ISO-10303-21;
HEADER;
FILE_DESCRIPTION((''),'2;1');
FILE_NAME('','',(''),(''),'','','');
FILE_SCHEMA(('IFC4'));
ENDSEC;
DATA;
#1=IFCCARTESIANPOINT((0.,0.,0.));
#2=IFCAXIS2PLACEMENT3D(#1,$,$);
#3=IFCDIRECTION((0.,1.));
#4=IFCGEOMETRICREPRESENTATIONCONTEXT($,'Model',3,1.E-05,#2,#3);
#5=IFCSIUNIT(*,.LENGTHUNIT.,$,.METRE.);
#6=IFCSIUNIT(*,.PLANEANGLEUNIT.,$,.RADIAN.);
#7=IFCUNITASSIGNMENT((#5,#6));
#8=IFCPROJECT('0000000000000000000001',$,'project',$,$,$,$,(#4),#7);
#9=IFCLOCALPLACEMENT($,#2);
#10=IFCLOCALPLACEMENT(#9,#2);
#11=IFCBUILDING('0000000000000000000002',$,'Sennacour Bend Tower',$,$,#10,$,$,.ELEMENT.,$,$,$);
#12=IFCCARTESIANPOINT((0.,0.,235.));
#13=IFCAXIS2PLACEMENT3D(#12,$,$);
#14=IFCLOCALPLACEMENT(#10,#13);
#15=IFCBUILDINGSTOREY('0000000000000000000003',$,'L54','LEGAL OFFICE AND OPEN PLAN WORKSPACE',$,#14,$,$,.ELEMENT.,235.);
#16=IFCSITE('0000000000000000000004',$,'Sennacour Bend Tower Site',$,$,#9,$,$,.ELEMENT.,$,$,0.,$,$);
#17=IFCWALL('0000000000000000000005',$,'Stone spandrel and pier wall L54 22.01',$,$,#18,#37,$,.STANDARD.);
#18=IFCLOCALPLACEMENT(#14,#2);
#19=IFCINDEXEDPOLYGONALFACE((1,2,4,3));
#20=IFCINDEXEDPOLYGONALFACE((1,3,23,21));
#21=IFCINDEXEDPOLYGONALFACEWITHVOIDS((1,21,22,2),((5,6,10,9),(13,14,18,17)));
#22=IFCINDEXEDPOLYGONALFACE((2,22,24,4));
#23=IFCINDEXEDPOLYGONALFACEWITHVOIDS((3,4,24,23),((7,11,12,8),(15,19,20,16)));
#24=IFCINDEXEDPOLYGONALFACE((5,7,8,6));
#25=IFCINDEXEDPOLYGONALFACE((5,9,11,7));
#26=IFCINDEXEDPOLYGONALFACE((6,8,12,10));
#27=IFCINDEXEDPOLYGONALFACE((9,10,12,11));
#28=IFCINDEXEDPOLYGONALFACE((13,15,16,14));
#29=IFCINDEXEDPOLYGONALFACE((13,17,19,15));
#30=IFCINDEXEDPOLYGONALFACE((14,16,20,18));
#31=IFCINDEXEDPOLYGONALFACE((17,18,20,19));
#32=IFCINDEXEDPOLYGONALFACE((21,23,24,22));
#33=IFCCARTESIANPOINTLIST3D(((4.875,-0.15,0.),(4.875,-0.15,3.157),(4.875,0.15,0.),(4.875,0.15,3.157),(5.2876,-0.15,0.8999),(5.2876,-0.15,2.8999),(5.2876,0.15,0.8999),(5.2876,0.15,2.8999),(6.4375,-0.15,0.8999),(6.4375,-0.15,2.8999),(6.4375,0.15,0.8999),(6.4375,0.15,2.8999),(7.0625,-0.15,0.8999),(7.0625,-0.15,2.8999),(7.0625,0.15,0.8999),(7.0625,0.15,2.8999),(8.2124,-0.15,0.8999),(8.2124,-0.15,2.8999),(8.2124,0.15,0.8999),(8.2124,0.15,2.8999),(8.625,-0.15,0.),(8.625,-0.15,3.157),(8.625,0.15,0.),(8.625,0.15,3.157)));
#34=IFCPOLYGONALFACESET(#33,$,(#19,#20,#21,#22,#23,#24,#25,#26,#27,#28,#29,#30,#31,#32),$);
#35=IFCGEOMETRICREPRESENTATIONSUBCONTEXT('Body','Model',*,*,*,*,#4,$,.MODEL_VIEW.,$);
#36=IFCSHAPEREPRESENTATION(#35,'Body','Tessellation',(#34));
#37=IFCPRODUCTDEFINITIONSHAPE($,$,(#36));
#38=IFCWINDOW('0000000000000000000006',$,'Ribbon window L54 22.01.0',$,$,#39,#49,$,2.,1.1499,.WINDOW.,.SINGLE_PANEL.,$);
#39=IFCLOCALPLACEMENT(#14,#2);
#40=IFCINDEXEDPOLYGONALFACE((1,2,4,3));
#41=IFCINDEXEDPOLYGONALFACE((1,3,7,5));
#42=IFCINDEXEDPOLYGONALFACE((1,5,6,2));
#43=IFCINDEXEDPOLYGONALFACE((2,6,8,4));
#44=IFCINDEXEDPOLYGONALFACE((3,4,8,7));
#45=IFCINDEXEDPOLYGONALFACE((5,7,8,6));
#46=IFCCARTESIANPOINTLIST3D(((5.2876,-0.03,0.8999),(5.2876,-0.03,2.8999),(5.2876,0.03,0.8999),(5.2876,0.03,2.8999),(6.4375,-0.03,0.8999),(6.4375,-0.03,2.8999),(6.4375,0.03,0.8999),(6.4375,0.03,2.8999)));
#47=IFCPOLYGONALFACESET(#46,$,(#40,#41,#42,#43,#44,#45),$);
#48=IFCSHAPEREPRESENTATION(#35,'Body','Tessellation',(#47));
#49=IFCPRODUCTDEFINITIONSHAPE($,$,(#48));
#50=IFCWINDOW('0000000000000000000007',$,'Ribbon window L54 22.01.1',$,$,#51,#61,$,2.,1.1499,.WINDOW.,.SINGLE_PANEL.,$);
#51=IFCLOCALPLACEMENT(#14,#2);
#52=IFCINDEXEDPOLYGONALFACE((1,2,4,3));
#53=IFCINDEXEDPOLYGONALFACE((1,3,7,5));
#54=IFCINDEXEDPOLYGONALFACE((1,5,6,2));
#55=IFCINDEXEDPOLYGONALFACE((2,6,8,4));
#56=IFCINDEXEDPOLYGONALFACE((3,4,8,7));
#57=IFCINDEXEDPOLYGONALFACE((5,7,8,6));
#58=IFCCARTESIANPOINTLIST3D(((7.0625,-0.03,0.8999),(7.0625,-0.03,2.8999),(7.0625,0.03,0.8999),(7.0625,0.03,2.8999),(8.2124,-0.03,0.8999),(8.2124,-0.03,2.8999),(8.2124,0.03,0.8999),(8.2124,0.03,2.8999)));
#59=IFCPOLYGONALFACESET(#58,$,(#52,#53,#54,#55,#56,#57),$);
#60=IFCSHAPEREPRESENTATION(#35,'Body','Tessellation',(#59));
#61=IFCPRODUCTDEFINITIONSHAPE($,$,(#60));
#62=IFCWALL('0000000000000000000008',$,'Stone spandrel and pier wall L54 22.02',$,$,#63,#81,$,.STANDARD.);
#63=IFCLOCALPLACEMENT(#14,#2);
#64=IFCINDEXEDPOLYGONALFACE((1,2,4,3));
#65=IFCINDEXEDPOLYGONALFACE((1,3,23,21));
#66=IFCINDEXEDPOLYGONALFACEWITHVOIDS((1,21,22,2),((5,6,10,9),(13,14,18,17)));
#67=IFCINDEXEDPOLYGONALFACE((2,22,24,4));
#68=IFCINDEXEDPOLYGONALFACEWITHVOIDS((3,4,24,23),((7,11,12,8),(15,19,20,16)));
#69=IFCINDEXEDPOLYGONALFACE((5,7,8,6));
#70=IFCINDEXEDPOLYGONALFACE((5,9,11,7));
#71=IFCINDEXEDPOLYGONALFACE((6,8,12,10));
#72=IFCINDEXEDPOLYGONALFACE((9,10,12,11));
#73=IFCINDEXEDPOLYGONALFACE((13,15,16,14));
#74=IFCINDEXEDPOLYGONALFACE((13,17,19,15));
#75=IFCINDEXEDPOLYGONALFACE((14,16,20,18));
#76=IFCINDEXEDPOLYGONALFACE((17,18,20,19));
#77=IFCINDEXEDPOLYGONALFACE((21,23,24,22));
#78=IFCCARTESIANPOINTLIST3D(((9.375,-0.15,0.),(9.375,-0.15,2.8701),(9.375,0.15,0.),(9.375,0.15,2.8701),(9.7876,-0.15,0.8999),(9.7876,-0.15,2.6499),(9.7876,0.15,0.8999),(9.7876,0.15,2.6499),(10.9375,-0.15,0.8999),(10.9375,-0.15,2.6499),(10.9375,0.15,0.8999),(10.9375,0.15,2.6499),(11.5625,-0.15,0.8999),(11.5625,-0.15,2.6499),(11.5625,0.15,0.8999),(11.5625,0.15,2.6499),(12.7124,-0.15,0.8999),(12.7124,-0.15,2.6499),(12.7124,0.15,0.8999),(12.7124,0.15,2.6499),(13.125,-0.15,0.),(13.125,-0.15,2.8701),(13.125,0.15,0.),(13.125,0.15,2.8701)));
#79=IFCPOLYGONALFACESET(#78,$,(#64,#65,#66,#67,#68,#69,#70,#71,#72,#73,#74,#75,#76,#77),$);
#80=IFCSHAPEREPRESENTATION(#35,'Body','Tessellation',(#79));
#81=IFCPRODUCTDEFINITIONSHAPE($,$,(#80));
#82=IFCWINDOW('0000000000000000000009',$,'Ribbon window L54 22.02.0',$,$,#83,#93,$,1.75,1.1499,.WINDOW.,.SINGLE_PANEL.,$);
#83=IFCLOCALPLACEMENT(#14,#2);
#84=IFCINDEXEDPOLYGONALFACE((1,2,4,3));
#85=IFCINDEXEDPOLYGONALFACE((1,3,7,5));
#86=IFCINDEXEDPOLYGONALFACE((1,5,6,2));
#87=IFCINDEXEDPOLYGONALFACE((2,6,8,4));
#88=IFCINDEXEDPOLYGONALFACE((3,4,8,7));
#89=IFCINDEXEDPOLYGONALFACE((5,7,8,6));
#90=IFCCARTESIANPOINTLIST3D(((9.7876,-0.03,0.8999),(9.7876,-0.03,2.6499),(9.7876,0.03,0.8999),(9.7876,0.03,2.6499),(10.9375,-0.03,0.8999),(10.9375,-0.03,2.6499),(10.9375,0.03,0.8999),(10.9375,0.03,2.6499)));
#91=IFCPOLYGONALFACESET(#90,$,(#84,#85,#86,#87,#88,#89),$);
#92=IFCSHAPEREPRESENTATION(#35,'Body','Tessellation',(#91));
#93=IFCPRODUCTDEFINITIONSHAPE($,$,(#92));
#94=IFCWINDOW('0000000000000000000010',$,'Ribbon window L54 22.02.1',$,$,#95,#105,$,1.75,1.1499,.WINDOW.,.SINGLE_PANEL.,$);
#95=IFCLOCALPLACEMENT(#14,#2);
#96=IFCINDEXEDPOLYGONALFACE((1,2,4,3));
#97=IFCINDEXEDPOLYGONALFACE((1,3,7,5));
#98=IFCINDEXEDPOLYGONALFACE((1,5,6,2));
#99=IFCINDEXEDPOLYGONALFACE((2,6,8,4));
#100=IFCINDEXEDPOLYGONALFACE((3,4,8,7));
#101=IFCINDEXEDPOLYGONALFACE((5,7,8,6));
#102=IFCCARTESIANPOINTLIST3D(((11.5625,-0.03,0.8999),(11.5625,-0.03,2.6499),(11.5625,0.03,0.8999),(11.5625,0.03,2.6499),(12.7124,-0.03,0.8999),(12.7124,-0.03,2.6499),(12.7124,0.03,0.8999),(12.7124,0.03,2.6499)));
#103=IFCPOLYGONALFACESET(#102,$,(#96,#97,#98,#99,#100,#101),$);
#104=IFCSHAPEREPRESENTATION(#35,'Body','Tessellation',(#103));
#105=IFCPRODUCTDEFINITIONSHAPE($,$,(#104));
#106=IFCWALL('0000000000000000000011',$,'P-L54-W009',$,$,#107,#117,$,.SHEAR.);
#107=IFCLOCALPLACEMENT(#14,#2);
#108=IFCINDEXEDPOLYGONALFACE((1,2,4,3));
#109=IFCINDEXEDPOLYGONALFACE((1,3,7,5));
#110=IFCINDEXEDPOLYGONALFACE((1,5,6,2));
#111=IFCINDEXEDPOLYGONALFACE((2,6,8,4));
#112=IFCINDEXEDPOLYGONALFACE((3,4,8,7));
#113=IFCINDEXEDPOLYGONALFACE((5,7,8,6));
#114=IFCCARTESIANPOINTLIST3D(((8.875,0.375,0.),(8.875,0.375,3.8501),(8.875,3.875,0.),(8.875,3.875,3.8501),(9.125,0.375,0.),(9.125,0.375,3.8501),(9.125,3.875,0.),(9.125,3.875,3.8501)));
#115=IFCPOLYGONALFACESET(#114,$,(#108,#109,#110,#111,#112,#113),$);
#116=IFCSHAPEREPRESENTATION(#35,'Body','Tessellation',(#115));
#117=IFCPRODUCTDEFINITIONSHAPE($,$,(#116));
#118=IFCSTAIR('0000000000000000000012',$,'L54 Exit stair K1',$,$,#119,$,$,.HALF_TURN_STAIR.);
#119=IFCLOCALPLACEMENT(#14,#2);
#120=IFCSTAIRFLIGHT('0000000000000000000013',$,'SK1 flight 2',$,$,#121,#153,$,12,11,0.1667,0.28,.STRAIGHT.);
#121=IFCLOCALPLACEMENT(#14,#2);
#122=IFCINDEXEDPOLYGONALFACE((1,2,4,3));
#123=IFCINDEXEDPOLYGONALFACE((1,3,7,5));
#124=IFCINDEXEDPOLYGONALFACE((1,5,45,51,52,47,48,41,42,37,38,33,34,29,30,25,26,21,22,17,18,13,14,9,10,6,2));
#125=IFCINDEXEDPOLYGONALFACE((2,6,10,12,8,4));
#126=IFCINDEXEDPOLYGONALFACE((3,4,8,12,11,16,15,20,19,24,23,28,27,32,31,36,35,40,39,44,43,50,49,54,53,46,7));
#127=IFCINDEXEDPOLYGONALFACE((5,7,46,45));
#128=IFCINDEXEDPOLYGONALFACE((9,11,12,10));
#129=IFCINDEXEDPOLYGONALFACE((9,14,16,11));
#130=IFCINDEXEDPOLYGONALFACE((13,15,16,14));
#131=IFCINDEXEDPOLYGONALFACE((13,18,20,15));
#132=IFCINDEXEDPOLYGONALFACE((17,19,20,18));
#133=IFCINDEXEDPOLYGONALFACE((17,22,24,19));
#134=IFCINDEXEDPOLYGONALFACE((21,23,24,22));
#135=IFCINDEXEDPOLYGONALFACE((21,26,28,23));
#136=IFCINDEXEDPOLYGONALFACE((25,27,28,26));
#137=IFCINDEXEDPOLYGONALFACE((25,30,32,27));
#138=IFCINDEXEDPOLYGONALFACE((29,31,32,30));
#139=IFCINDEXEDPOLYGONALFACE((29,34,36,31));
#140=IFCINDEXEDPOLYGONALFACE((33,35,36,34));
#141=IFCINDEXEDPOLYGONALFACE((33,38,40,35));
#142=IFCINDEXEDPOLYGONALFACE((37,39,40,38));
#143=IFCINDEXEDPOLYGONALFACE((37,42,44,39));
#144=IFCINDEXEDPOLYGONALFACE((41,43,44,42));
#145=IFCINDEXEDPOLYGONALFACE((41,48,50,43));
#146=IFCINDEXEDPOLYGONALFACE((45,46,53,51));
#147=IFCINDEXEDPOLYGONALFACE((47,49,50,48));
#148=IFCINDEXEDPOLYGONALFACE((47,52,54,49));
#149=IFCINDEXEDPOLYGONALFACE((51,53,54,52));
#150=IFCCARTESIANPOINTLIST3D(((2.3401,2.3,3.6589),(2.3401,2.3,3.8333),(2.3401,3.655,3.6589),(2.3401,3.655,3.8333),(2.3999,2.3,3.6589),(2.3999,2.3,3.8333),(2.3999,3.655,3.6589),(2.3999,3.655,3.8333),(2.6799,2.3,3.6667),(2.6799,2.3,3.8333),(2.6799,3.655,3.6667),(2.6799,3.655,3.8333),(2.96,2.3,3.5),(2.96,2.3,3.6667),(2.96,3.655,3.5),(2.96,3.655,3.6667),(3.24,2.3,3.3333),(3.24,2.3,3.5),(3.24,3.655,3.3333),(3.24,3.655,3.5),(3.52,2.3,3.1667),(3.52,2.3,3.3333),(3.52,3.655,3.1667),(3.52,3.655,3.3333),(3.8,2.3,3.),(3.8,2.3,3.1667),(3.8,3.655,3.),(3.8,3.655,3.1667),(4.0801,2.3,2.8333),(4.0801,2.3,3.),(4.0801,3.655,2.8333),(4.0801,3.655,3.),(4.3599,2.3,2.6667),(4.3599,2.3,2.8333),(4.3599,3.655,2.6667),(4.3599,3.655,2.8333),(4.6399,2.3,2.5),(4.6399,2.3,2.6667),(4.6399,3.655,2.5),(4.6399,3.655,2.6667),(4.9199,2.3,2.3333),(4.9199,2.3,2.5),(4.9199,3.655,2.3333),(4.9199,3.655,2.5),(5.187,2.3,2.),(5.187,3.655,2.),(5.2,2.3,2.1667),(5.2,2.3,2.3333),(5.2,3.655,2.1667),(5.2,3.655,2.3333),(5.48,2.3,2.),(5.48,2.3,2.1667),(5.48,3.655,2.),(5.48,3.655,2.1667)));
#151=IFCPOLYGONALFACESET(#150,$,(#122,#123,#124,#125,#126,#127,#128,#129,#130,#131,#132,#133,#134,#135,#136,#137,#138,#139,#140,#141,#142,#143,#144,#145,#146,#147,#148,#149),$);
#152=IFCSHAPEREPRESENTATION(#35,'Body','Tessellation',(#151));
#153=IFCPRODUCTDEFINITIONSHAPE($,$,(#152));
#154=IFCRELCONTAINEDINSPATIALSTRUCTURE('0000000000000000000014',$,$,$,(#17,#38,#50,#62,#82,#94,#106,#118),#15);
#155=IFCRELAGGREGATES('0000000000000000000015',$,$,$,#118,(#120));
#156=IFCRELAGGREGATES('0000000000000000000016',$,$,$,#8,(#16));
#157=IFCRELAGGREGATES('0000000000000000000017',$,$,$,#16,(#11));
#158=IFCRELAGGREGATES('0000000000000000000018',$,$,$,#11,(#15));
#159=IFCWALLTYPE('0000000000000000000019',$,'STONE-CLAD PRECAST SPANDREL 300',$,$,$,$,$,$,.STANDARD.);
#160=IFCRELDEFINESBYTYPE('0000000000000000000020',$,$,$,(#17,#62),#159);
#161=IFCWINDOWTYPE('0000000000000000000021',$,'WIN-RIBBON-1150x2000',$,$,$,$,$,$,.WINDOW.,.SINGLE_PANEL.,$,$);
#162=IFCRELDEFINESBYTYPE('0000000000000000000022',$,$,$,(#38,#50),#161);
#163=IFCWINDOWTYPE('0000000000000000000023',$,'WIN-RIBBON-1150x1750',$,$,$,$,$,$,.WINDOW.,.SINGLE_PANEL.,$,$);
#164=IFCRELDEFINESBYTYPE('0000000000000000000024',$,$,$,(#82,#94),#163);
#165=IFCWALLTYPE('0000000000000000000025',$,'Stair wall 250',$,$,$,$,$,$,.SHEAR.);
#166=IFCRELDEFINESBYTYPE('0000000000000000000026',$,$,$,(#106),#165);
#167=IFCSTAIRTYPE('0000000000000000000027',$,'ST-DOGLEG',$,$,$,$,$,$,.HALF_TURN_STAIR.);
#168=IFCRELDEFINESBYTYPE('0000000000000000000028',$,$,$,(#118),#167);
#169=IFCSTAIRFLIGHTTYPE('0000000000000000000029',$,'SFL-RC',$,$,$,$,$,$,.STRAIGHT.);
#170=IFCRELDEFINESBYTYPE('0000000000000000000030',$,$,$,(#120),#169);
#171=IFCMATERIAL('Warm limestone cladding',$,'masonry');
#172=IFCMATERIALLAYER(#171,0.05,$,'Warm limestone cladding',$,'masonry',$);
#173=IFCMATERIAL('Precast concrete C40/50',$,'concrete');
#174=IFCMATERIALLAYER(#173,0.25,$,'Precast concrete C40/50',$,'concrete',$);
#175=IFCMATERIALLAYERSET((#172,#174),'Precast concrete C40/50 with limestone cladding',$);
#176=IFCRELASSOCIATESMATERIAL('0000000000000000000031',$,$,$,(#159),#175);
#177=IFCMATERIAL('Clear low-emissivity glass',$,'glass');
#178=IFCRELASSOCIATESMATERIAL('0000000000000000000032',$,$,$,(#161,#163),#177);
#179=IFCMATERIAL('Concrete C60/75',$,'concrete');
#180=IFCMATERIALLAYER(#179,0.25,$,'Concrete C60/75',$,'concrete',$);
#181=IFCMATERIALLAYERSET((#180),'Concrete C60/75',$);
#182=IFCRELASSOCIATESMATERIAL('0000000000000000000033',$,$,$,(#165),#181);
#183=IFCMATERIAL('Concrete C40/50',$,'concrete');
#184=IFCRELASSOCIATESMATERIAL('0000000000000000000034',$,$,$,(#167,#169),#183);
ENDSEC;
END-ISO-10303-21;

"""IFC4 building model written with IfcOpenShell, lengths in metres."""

from ifc_helpers import new_model, si_unit, direction, frame, frame_2d, origin, place, context, subcontext, project, spatial, polyline, rectangle, outline, extrude, material, layer, layer_set, type_object, element, fill, aggregate, save


model = new_model("IFC4")

# Units and contexts
model_context = context("Model", 3, precision=1e-05, world=origin(), true_north=direction((0.0, 1.0)))
body_context = subcontext(model_context, "Body", "Model", "MODEL_VIEW")
ifc_project = project(units=[si_unit("LENGTHUNIT", "METRE"), si_unit("PLANEANGLEUNIT", "RADIAN")], contexts=[model_context])

# Site, building, storey
site_placement = place(None, origin())
site = spatial("IfcSite", under=ifc_project, at=site_placement, Name="Sennacour Bend Tower Site", CompositionType="ELEMENT", RefElevation=0.0)
building_placement = place(site_placement, origin())
building = spatial("IfcBuilding", under=site, at=building_placement, Name="Sennacour Bend Tower", CompositionType="ELEMENT")
storey_placement = place(building_placement, frame((0.0, 0.0, 235.0)))
storey = spatial("IfcBuildingStorey", under=building, at=storey_placement, Name="L54", Description="LEGAL OFFICE AND OPEN PLAN WORKSPACE", CompositionType="ELEMENT", Elevation=235.0)

# Walls, openings, windows
ifc_material_1 = material(Name="Warm limestone cladding", Category="masonry")
ifc_layer_1 = layer(ifc_material_1, 0.05, Name="Warm limestone cladding", Category="masonry")
ifc_material_2 = material(Name="Precast concrete C40/50", Category="concrete")
ifc_layer_2 = layer(ifc_material_2, 0.25, Name="Precast concrete C40/50", Category="concrete")
ifc_layer_set_1 = layer_set([ifc_layer_1, ifc_layer_2], Name="Precast concrete C40/50 with limestone cladding")
wall_type_1 = type_object("IfcWallType", Name="STONE-CLAD PRECAST SPANDREL 300", PredefinedType="STANDARD", material=ifc_layer_set_1)
wall_1_placement = place(storey_placement, frame((4.875, 0.0, 0.0), z_axis=(0.0, 0.0, 1.0), x_axis=(1.0, 0.0, 0.0)))
wall_1 = element("IfcWall", 1, at=wall_1_placement, inside=storey, type_object=wall_type_1, Name="Stone spandrel and pier wall L54 22.01", PredefinedType="STANDARD", context=body_context, shape_type="SweptSolid", body=[
    extrude(rectangle(XDim=3.75, YDim=0.3, at=frame_2d((1.875, 0.0))), origin(), (0.0, 0.0, 1.0), 3.157),
])
opening_1_placement = place(wall_1_placement, frame((0.4126, 0.0, 0.8999)))
opening_1 = element("IfcOpeningElement", 2, at=opening_1_placement, cuts=wall_1, PredefinedType="OPENING", context=body_context, shape_type="SweptSolid", body=[
    extrude(rectangle(XDim=1.1499, YDim=2.0, at=frame_2d((0.575, 1.0))), frame((0.0, 0.1602, 0.0), z_axis=(0.0, -1.0, 0.0), x_axis=(1.0, 0.0, 0.0)), (0.0, 0.0, 1.0), 0.3201),
])
opening_2_placement = place(wall_1_placement, frame((2.1875, 0.0, 0.8999)))
opening_2 = element("IfcOpeningElement", 3, at=opening_2_placement, cuts=wall_1, PredefinedType="OPENING", context=body_context, shape_type="SweptSolid", body=[
    extrude(rectangle(XDim=1.1499, YDim=2.0, at=frame_2d((0.575, 1.0))), frame((0.0, 0.1602, 0.0), z_axis=(0.0, -1.0, 0.0), x_axis=(1.0, 0.0, 0.0)), (0.0, 0.0, 1.0), 0.3201),
])
ifc_material_3 = material(Name="Clear low-emissivity glass", Category="glass")
window_type_1 = type_object("IfcWindowType", Name="WIN-RIBBON-1150x2000", PartitioningType="SINGLE_PANEL", PredefinedType="WINDOW", material=ifc_material_3)
window_1_placement = place(opening_1_placement, origin())
window_1 = element("IfcWindow", 4, at=window_1_placement, inside=storey, type_object=window_type_1, Name="Ribbon window L54 22.01.0", OverallHeight=2.0, OverallWidth=1.1499, PartitioningType="SINGLE_PANEL", PredefinedType="WINDOW", context=body_context, shape_type="SweptSolid", body=[
    extrude(rectangle(XDim=1.1499, YDim=2.0, at=frame_2d((0.575, 1.0))), frame((0.0, 0.03, 0.0), z_axis=(0.0, -1.0, 0.0), x_axis=(1.0, 0.0, 0.0)), (0.0, 0.0, 1.0), 0.0601),
])
fill(opening_1, window_1)
window_2_placement = place(opening_2_placement, origin())
window_2 = element("IfcWindow", 5, at=window_2_placement, inside=storey, type_object=window_type_1, Name="Ribbon window L54 22.01.1", OverallHeight=2.0, OverallWidth=1.1499, PartitioningType="SINGLE_PANEL", PredefinedType="WINDOW", context=body_context, shape_type="SweptSolid", body=[
    extrude(rectangle(XDim=1.1499, YDim=2.0, at=frame_2d((0.575, 1.0))), frame((0.0, 0.03, 0.0), z_axis=(0.0, -1.0, 0.0), x_axis=(1.0, 0.0, 0.0)), (0.0, 0.0, 1.0), 0.0601),
])
fill(opening_2, window_2)
wall_2_placement = place(storey_placement, frame((9.375, 0.0, 0.0), z_axis=(0.0, 0.0, 1.0), x_axis=(1.0, 0.0, 0.0)))
wall_2 = element("IfcWall", 6, at=wall_2_placement, inside=storey, type_object=wall_type_1, Name="Stone spandrel and pier wall L54 22.02", PredefinedType="STANDARD", context=body_context, shape_type="SweptSolid", body=[
    extrude(rectangle(XDim=3.75, YDim=0.3, at=frame_2d((1.875, 0.0))), origin(), (0.0, 0.0, 1.0), 2.8701),
])
opening_3_placement = place(wall_2_placement, frame((0.4126, 0.0, 0.8999)))
opening_3 = element("IfcOpeningElement", 7, at=opening_3_placement, cuts=wall_2, PredefinedType="OPENING", context=body_context, shape_type="SweptSolid", body=[
    extrude(rectangle(XDim=1.1499, YDim=1.75, at=frame_2d((0.575, 0.875))), frame((0.0, 0.1602, 0.0), z_axis=(0.0, -1.0, 0.0), x_axis=(1.0, 0.0, 0.0)), (0.0, 0.0, 1.0), 0.3201),
])
opening_4_placement = place(wall_2_placement, frame((2.1875, 0.0, 0.8999)))
opening_4 = element("IfcOpeningElement", 8, at=opening_4_placement, cuts=wall_2, PredefinedType="OPENING", context=body_context, shape_type="SweptSolid", body=[
    extrude(rectangle(XDim=1.1499, YDim=1.75, at=frame_2d((0.575, 0.875))), frame((0.0, 0.1602, 0.0), z_axis=(0.0, -1.0, 0.0), x_axis=(1.0, 0.0, 0.0)), (0.0, 0.0, 1.0), 0.3201),
])
window_type_2 = type_object("IfcWindowType", Name="WIN-RIBBON-1150x1750", PartitioningType="SINGLE_PANEL", PredefinedType="WINDOW", material=ifc_material_3)
window_3_placement = place(opening_3_placement, origin())
window_3 = element("IfcWindow", 9, at=window_3_placement, inside=storey, type_object=window_type_2, Name="Ribbon window L54 22.02.0", OverallHeight=1.75, OverallWidth=1.1499, PartitioningType="SINGLE_PANEL", PredefinedType="WINDOW", context=body_context, shape_type="SweptSolid", body=[
    extrude(rectangle(XDim=1.1499, YDim=1.75, at=frame_2d((0.575, 0.875))), frame((0.0, 0.03, 0.0), z_axis=(0.0, -1.0, 0.0), x_axis=(1.0, 0.0, 0.0)), (0.0, 0.0, 1.0), 0.0601),
])
fill(opening_3, window_3)
window_4_placement = place(opening_4_placement, origin())
window_4 = element("IfcWindow", 10, at=window_4_placement, inside=storey, type_object=window_type_2, Name="Ribbon window L54 22.02.1", OverallHeight=1.75, OverallWidth=1.1499, PartitioningType="SINGLE_PANEL", PredefinedType="WINDOW", context=body_context, shape_type="SweptSolid", body=[
    extrude(rectangle(XDim=1.1499, YDim=1.75, at=frame_2d((0.575, 0.875))), frame((0.0, 0.03, 0.0), z_axis=(0.0, -1.0, 0.0), x_axis=(1.0, 0.0, 0.0)), (0.0, 0.0, 1.0), 0.0601),
])
fill(opening_4, window_4)

# Wall
ifc_material_4 = material(Name="Concrete C60/75", Category="concrete")
ifc_layer_3 = layer(ifc_material_4, 0.25, Name="Concrete C60/75", Category="concrete")
ifc_layer_set_2 = layer_set([ifc_layer_3], Name="Concrete C60/75")
wall_type_2 = type_object("IfcWallType", Name="Stair wall 250", PredefinedType="SHEAR", material=ifc_layer_set_2)
wall_3_placement = place(storey_placement, frame((9.0, 0.375, 0.0), z_axis=(0.0, 0.0, 1.0), x_axis=(0.0, 1.0, 0.0)))
element("IfcWall", 11, at=wall_3_placement, inside=storey, type_object=wall_type_2, Name="P-L54-W009", PredefinedType="SHEAR", context=body_context, shape_type="SweptSolid", body=[
    extrude(rectangle(XDim=3.5, YDim=0.25, at=frame_2d((1.75, 0.0))), origin(), (0.0, 0.0, 1.0), 3.8501),
])

# Stair, stair flight
ifc_material_5 = material(Name="Concrete C40/50", Category="concrete")
stair_type = type_object("IfcStairType", Name="ST-DOGLEG", PredefinedType="HALF_TURN_STAIR", material=ifc_material_5)
stair_placement = place(storey_placement, origin())
stair = element("IfcStair", 12, at=stair_placement, inside=storey, type_object=stair_type, Name="L54 Exit stair K1", PredefinedType="HALF_TURN_STAIR")
stair_flight_type = type_object("IfcStairFlightType", Name="SFL-RC", PredefinedType="STRAIGHT", material=ifc_material_5)
stair_flight_placement = place(storey_placement, frame((5.48, 2.9775, 2.0), z_axis=(0.0, 0.0, 1.0), x_axis=(-1.0, 0.0, 0.0)))
stair_flight = element("IfcStairFlight", 13, at=stair_flight_placement, type_object=stair_flight_type, Name="SK1 flight 2", NumberOfRisers=12, NumberOfTreads=11, PredefinedType="STRAIGHT", RiserHeight=0.1667, TreadLength=0.28, context=body_context, shape_type="SweptSolid", body=[
    extrude(outline(polyline([(0.0, 0.0), (0.0, 0.1667), (0.28, 0.1667), (0.28, 0.3333), (0.5601, 0.3333), (0.5601, 0.5), (0.8401, 0.5), (0.8401, 0.6667), (1.1201, 0.6667), (1.1201, 0.8333), (1.3999, 0.8333), (1.3999, 1.0), (1.6799, 1.0), (1.6799, 1.1667), (1.96, 1.1667), (1.96, 1.3333), (2.24, 1.3333), (2.24, 1.5), (2.52, 1.5), (2.52, 1.6667), (2.8, 1.6667), (2.8, 1.8333), (3.0801, 1.8333), (3.1399, 1.8333), (3.1399, 1.6589), (3.0801, 1.6589), (0.293, 0.0), (0.0, 0.0)])), frame((0.0, 0.6775, 0.0), z_axis=(0.0, -1.0, 0.0), x_axis=(1.0, 0.0, 0.0)), (0.0, 0.0, 1.0), 1.355),
])
aggregate(stair, [stair_flight])

save(model, "model.ifc")
